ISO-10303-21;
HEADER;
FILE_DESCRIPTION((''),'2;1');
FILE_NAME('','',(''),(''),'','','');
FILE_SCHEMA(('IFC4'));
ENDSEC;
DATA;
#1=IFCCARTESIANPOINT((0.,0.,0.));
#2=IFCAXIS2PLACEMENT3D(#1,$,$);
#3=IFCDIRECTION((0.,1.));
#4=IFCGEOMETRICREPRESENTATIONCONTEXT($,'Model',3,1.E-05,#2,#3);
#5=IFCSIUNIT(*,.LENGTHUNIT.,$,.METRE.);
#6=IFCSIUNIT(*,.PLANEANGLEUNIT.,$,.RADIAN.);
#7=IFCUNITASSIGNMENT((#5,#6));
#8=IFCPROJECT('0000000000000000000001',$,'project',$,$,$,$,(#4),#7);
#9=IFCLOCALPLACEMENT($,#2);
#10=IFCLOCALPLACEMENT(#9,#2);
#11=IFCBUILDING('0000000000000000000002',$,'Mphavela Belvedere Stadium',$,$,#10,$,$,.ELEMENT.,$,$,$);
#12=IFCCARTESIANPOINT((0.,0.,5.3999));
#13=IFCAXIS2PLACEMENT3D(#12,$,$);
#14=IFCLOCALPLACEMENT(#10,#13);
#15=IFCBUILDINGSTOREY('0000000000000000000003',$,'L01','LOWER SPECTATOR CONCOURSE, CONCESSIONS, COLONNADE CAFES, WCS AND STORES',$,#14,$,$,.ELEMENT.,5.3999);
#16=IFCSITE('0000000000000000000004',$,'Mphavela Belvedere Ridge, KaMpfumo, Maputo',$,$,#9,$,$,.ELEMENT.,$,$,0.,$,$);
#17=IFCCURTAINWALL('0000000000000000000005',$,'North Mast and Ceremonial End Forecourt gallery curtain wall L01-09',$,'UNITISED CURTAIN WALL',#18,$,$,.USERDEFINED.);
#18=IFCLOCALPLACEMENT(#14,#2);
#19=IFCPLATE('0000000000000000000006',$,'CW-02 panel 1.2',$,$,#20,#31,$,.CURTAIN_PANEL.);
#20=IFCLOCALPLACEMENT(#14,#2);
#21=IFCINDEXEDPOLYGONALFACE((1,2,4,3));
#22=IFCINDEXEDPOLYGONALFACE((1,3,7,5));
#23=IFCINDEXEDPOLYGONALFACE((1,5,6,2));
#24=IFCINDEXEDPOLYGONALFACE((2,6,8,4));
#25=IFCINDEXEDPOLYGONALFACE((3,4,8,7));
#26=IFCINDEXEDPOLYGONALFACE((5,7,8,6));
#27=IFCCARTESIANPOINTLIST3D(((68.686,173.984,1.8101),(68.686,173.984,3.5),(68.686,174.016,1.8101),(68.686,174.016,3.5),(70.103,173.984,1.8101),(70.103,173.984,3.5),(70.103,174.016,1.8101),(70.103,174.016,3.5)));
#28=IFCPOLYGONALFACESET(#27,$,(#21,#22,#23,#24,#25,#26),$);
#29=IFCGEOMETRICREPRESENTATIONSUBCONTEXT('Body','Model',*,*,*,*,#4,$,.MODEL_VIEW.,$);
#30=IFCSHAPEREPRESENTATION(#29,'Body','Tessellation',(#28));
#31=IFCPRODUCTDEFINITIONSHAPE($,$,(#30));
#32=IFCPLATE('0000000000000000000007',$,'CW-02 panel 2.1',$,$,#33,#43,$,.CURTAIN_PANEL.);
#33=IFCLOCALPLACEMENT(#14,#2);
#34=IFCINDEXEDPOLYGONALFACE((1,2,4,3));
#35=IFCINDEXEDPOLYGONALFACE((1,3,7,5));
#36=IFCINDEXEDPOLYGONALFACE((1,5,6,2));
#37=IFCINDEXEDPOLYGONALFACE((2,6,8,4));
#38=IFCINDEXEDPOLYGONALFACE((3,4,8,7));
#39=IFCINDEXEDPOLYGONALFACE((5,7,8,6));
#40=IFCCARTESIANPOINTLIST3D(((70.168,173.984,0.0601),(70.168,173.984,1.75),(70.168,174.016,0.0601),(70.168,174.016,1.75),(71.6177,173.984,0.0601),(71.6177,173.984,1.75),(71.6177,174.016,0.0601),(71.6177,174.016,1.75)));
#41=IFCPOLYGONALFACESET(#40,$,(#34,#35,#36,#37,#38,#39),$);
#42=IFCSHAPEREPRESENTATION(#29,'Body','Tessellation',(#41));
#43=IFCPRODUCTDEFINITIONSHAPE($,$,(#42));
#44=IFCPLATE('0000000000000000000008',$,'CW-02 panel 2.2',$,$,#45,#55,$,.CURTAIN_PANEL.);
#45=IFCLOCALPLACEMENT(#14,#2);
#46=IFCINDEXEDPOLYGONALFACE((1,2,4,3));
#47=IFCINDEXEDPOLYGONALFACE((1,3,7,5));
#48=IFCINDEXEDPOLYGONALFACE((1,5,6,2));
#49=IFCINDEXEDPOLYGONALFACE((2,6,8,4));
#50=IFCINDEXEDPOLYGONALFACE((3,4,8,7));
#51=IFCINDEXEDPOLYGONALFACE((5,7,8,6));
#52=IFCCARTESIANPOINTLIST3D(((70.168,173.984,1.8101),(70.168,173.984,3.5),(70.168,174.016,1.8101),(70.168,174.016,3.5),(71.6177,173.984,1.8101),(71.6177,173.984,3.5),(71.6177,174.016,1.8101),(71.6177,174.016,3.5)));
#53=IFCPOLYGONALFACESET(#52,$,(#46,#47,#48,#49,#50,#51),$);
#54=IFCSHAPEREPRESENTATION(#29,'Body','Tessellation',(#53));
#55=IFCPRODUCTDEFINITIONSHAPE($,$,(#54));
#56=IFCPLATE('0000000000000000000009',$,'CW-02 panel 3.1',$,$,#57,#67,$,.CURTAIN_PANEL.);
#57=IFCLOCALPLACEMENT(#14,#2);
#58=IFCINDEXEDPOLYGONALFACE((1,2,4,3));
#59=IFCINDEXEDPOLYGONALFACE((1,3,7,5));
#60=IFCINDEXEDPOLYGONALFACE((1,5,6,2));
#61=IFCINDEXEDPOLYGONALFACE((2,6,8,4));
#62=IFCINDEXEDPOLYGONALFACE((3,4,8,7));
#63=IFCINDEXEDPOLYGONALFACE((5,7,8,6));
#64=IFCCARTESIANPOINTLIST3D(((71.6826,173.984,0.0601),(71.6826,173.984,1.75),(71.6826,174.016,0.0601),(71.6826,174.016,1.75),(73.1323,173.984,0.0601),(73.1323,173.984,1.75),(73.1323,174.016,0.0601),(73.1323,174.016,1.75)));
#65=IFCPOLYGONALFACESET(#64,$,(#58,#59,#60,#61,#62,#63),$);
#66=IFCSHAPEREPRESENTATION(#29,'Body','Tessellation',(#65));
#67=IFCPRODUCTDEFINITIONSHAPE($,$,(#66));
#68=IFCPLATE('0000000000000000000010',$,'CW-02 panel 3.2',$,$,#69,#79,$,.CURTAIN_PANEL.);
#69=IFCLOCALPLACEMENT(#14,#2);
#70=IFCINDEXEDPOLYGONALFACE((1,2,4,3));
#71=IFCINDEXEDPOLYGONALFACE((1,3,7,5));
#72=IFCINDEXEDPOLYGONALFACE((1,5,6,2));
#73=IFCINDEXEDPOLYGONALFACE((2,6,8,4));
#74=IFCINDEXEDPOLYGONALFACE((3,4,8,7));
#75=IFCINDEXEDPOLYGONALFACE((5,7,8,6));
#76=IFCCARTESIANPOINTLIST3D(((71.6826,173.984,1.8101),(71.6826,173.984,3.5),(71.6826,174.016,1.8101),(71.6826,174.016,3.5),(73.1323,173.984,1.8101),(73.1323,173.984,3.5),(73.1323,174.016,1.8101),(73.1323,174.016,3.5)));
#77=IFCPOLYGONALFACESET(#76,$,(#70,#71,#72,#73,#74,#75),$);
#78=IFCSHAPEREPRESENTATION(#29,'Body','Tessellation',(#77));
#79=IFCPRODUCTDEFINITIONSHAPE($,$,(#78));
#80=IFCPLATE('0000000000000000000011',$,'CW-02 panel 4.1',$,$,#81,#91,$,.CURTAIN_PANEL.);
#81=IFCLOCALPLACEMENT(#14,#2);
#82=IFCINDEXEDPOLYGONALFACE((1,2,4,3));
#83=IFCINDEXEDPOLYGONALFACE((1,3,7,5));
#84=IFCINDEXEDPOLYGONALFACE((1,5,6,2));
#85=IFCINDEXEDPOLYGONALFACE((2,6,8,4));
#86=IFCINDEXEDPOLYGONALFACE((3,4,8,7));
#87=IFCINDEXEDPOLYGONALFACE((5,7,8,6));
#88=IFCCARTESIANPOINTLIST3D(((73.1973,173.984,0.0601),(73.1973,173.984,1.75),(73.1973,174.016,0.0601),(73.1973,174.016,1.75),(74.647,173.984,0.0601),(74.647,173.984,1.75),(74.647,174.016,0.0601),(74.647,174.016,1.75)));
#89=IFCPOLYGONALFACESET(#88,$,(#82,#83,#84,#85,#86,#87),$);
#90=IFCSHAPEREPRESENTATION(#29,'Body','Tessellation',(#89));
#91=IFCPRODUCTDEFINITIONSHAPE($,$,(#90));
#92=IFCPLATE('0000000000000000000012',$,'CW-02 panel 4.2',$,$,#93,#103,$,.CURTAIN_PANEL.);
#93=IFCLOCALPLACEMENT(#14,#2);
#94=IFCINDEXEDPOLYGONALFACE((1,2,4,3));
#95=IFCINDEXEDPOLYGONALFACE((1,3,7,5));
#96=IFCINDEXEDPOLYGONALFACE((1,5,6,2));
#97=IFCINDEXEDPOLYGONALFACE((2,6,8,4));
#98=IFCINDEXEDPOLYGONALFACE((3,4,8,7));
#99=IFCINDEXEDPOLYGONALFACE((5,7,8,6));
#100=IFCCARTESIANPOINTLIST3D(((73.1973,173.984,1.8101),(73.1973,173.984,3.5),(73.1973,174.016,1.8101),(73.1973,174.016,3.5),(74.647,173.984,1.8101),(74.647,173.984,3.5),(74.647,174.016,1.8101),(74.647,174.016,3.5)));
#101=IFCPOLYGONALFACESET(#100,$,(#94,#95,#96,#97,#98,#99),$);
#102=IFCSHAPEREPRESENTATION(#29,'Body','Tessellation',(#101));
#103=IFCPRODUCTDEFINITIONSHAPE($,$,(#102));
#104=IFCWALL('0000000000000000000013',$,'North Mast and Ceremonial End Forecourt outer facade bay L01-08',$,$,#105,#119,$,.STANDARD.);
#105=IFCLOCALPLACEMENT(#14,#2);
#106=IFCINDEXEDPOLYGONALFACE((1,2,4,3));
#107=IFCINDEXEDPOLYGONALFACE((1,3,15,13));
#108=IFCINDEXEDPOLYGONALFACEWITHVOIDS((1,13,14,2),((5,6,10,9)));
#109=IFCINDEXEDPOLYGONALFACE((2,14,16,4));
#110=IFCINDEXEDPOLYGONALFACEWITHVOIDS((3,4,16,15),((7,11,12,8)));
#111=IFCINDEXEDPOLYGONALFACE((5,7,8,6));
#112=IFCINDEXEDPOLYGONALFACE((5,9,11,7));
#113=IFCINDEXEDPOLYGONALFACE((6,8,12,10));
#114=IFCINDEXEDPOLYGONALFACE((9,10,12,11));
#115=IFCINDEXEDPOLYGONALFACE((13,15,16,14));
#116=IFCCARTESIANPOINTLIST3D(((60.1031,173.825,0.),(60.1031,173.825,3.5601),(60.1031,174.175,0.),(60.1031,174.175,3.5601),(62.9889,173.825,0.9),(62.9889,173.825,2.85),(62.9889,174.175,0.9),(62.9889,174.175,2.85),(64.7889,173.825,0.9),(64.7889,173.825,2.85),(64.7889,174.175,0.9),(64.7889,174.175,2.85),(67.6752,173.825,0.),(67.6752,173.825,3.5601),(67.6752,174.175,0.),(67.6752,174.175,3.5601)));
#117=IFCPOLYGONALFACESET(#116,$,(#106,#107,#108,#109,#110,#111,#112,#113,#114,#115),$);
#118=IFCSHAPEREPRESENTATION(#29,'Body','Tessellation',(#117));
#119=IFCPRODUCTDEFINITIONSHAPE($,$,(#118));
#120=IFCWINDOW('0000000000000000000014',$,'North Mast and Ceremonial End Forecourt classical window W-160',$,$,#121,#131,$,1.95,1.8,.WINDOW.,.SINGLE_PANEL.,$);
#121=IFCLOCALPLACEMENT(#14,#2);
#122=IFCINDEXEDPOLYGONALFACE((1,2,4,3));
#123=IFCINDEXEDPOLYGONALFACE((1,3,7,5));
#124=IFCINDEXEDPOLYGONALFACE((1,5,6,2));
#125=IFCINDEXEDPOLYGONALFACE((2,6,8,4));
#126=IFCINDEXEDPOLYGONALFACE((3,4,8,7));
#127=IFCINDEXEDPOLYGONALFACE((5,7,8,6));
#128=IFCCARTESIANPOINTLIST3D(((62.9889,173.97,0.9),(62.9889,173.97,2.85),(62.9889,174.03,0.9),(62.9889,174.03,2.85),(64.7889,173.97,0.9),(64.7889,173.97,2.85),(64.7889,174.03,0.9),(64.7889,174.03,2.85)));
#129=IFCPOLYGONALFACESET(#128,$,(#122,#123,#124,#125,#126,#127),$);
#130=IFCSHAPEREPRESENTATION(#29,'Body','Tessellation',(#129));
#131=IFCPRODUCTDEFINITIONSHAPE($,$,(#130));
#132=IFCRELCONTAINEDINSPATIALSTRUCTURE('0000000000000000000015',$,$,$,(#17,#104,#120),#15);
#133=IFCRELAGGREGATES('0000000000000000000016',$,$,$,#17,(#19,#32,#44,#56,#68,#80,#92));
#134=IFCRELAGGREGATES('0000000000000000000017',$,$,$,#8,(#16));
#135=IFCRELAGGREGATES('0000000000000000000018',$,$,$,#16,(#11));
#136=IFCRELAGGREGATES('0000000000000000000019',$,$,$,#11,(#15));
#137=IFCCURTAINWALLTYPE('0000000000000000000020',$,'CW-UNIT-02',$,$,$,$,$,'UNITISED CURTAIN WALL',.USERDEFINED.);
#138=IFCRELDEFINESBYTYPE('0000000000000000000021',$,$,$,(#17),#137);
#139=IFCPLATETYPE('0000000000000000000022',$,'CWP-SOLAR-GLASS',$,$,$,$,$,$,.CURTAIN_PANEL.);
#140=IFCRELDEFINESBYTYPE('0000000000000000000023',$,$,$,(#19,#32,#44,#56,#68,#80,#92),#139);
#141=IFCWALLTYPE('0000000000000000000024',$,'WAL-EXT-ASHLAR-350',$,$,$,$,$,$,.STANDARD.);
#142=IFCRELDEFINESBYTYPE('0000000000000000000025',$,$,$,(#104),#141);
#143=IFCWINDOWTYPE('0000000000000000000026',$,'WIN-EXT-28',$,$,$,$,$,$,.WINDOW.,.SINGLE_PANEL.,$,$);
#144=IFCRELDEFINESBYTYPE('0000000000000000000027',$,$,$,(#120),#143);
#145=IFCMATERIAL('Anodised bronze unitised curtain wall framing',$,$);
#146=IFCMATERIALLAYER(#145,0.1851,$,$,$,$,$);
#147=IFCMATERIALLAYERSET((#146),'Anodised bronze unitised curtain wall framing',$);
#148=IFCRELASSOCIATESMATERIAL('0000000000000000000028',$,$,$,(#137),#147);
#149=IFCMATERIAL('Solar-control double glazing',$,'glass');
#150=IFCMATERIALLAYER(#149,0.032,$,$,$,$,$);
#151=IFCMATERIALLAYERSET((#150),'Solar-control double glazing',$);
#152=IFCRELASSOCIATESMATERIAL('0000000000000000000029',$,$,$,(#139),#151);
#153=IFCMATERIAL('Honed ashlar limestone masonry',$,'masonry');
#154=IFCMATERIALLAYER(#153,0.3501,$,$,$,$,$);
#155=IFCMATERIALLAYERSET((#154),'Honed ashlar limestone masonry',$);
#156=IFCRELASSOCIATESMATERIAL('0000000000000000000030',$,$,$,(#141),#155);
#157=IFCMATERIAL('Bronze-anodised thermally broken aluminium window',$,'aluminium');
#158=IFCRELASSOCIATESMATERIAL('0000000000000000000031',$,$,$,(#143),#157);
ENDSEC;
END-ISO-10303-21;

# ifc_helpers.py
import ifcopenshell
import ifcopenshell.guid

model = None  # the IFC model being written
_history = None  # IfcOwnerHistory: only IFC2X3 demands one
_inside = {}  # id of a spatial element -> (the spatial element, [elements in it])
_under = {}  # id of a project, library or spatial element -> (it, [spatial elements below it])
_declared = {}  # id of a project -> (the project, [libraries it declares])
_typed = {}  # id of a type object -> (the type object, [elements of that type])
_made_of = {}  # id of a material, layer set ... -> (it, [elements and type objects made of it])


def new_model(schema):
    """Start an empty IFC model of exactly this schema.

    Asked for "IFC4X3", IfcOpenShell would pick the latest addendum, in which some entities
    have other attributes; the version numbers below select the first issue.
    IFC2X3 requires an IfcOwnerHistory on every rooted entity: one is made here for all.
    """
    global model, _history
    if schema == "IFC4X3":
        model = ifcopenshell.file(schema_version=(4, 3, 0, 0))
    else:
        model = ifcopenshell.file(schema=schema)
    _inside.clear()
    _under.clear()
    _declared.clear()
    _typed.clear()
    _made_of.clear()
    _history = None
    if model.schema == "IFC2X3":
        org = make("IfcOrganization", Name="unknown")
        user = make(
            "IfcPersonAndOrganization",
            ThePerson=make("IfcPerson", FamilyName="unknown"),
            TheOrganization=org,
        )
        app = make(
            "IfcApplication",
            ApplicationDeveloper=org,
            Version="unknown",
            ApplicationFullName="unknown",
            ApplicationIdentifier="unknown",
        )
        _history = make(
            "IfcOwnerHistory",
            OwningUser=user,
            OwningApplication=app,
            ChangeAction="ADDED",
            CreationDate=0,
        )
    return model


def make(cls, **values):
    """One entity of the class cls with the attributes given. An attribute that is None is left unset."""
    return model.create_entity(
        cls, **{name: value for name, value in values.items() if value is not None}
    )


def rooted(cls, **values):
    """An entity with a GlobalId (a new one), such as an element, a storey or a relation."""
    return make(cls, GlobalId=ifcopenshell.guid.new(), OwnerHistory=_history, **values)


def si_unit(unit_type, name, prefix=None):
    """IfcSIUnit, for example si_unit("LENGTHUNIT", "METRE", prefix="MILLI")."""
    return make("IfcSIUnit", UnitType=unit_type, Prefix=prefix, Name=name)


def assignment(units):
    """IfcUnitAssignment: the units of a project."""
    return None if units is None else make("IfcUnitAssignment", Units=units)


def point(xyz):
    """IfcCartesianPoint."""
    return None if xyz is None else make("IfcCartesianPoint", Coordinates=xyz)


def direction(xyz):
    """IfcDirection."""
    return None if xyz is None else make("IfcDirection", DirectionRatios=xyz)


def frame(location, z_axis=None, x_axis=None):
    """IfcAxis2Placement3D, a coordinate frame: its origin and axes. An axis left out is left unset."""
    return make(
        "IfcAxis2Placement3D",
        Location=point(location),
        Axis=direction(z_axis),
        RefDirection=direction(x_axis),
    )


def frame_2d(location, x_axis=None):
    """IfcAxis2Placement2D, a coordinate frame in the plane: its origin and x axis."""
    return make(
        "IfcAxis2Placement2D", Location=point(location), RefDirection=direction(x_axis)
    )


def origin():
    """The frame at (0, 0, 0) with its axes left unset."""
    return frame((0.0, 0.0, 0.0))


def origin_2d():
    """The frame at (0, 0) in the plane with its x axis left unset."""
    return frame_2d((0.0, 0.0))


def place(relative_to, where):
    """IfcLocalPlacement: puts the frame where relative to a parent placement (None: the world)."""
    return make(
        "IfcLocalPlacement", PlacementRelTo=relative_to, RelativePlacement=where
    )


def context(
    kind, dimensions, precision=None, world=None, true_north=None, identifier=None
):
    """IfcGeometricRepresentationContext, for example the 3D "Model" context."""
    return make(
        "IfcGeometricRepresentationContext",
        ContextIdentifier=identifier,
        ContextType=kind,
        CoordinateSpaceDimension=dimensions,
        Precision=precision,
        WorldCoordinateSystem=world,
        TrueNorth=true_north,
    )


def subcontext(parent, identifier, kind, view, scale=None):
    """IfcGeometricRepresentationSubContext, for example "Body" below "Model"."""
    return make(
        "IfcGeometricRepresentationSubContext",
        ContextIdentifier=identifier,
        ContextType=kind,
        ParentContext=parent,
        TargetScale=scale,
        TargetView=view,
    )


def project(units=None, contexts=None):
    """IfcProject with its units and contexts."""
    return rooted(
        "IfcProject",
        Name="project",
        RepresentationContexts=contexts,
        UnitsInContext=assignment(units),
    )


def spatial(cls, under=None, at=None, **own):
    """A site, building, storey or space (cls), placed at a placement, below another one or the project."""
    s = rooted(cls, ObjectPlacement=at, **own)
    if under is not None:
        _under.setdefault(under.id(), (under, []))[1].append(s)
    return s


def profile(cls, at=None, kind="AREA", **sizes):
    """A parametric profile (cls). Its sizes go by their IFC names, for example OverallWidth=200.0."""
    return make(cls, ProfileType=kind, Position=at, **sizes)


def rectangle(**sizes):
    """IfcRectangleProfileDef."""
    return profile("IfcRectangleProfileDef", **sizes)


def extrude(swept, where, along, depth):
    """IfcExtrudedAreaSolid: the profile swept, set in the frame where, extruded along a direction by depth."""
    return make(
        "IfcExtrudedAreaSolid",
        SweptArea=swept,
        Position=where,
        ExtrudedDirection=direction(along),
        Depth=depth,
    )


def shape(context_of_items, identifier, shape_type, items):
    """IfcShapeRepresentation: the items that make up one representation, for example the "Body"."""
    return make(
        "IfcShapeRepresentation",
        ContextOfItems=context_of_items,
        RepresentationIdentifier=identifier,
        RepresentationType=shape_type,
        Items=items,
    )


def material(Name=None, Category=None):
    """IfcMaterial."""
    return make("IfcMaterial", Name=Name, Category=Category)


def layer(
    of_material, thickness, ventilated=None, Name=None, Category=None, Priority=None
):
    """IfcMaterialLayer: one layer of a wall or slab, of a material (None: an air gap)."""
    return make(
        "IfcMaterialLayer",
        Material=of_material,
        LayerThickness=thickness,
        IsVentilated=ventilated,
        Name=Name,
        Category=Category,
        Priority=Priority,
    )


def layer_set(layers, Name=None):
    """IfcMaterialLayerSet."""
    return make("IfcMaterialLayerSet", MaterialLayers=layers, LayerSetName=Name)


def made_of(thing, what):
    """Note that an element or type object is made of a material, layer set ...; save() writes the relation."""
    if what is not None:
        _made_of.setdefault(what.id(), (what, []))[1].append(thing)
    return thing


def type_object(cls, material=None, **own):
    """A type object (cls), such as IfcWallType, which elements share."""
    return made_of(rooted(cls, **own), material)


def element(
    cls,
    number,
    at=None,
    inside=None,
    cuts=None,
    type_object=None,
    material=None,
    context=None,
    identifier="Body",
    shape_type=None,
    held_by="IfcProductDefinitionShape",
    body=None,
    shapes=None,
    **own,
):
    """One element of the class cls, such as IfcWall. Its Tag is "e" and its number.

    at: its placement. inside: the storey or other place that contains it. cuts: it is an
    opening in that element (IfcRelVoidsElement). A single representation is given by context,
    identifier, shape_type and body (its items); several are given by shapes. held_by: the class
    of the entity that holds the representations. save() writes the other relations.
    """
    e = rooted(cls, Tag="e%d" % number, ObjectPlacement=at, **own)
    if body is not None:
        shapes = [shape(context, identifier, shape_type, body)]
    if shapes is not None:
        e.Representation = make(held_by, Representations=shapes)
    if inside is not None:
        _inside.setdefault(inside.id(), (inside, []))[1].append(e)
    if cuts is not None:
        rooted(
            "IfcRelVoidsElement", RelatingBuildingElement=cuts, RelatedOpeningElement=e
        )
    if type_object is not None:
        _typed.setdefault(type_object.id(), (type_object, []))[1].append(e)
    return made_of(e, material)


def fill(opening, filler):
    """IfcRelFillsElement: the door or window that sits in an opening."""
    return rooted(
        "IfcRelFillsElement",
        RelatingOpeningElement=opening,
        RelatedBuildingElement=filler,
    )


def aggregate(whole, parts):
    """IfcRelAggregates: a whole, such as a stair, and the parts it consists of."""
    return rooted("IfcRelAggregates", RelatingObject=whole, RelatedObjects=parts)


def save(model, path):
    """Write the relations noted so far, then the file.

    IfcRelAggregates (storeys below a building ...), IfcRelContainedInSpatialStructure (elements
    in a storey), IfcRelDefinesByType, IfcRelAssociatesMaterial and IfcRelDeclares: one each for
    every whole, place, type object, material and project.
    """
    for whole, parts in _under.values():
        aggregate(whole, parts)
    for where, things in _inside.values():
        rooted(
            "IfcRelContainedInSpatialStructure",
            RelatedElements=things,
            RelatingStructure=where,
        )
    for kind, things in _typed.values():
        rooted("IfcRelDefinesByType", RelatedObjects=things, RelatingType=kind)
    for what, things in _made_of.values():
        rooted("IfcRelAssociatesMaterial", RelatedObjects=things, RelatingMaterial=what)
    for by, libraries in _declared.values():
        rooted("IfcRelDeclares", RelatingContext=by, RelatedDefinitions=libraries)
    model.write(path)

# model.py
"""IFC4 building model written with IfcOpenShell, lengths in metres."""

from ifc_helpers import new_model, si_unit, direction, frame, frame_2d, origin, origin_2d, place, context, subcontext, project, spatial, rectangle, extrude, material, layer, layer_set, type_object, element, fill, aggregate, save


model = new_model("IFC4")

# Units and contexts
model_context = context("Model", 3, precision=1e-05, world=origin(), true_north=direction((0.0, 1.0)))
body_context = subcontext(model_context, "Body", "Model", "MODEL_VIEW")
ifc_project = project(units=[si_unit("LENGTHUNIT", "METRE"), si_unit("PLANEANGLEUNIT", "RADIAN")], contexts=[model_context])

# Site, building, storey
site_placement = place(None, origin())
site = spatial("IfcSite", under=ifc_project, at=site_placement, Name="Mphavela Belvedere Ridge, KaMpfumo, Maputo", CompositionType="ELEMENT", RefElevation=0.0)
building_placement = place(site_placement, origin())
building = spatial("IfcBuilding", under=site, at=building_placement, Name="Mphavela Belvedere Stadium", CompositionType="ELEMENT")
storey_placement = place(building_placement, frame((0.0, 0.0, 5.3999)))
storey = spatial("IfcBuildingStorey", under=building, at=storey_placement, Name="L01", Description="LOWER SPECTATOR CONCOURSE, CONCESSIONS, COLONNADE CAFES, WCS AND STORES", CompositionType="ELEMENT", Elevation=5.3999)

# Curtain wall, plates
ifc_material_1 = material(Name="Anodised bronze unitised curtain wall framing")
ifc_layer_1 = layer(ifc_material_1, 0.1851)
ifc_layer_set_1 = layer_set([ifc_layer_1], Name="Anodised bronze unitised curtain wall framing")
curtain_wall_type = type_object("IfcCurtainWallType", Name="CW-UNIT-02", ElementType="UNITISED CURTAIN WALL", PredefinedType="USERDEFINED", material=ifc_layer_set_1)
curtain_wall_placement = place(storey_placement, origin())
curtain_wall = element("IfcCurtainWall", 1, at=curtain_wall_placement, inside=storey, type_object=curtain_wall_type, Name="North Mast and Ceremonial End Forecourt gallery curtain wall L01-09", ObjectType="UNITISED CURTAIN WALL", PredefinedType="USERDEFINED")
ifc_material_2 = material(Name="Solar-control double glazing", Category="glass")
ifc_layer_2 = layer(ifc_material_2, 0.032)
ifc_layer_set_2 = layer_set([ifc_layer_2], Name="Solar-control double glazing")
plate_type = type_object("IfcPlateType", Name="CWP-SOLAR-GLASS", PredefinedType="CURTAIN_PANEL", material=ifc_layer_set_2)
plate_1_placement = place(storey_placement, frame((69.3945, 174.0, 1.8101), z_axis=(0.0, 0.0, 1.0), x_axis=(1.0, 0.0, 0.0)))
plate_1 = element("IfcPlate", 2, at=plate_1_placement, type_object=plate_type, Name="CW-02 panel 1.2", PredefinedType="CURTAIN_PANEL", context=body_context, shape_type="SweptSolid", body=[
    extrude(rectangle(XDim=1.417, YDim=0.032, at=origin_2d()), origin(), (0.0, 0.0, 1.0), 1.6899),
])
plate_2_placement = place(storey_placement, frame((70.8928, 174.0, 0.0601), z_axis=(0.0, 0.0, 1.0), x_axis=(1.0, 0.0, 0.0)))
plate_2 = element("IfcPlate", 3, at=plate_2_placement, type_object=plate_type, Name="CW-02 panel 2.1", PredefinedType="CURTAIN_PANEL", context=body_context, shape_type="SweptSolid", body=[
    extrude(rectangle(XDim=1.4497, YDim=0.032, at=origin_2d()), origin(), (0.0, 0.0, 1.0), 1.6899),
])
plate_3_placement = place(storey_placement, frame((70.8928, 174.0, 1.8101), z_axis=(0.0, 0.0, 1.0), x_axis=(1.0, 0.0, 0.0)))
plate_3 = element("IfcPlate", 4, at=plate_3_placement, type_object=plate_type, Name="CW-02 panel 2.2", PredefinedType="CURTAIN_PANEL", context=body_context, shape_type="SweptSolid", body=[
    extrude(rectangle(XDim=1.4497, YDim=0.032, at=origin_2d()), origin(), (0.0, 0.0, 1.0), 1.6899),
])
plate_4_placement = place(storey_placement, frame((72.4075, 174.0, 0.0601), z_axis=(0.0, 0.0, 1.0), x_axis=(1.0, 0.0, 0.0)))
plate_4 = element("IfcPlate", 5, at=plate_4_placement, type_object=plate_type, Name="CW-02 panel 3.1", PredefinedType="CURTAIN_PANEL", context=body_context, shape_type="SweptSolid", body=[
    extrude(rectangle(XDim=1.4497, YDim=0.032, at=origin_2d()), origin(), (0.0, 0.0, 1.0), 1.6899),
])
plate_5_placement = place(storey_placement, frame((72.4075, 174.0, 1.8101), z_axis=(0.0, 0.0, 1.0), x_axis=(1.0, 0.0, 0.0)))
plate_5 = element("IfcPlate", 6, at=plate_5_placement, type_object=plate_type, Name="CW-02 panel 3.2", PredefinedType="CURTAIN_PANEL", context=body_context, shape_type="SweptSolid", body=[
    extrude(rectangle(XDim=1.4497, YDim=0.032, at=origin_2d()), origin(), (0.0, 0.0, 1.0), 1.6899),
])
plate_6_placement = place(storey_placement, frame((73.9221, 174.0, 0.0601), z_axis=(0.0, 0.0, 1.0), x_axis=(1.0, 0.0, 0.0)))
plate_6 = element("IfcPlate", 7, at=plate_6_placement, type_object=plate_type, Name="CW-02 panel 4.1", PredefinedType="CURTAIN_PANEL", context=body_context, shape_type="SweptSolid", body=[
    extrude(rectangle(XDim=1.4497, YDim=0.032, at=origin_2d()), origin(), (0.0, 0.0, 1.0), 1.6899),
])
plate_7_placement = place(storey_placement, frame((73.9221, 174.0, 1.8101), z_axis=(0.0, 0.0, 1.0), x_axis=(1.0, 0.0, 0.0)))
plate_7 = element("IfcPlate", 8, at=plate_7_placement, type_object=plate_type, Name="CW-02 panel 4.2", PredefinedType="CURTAIN_PANEL", context=body_context, shape_type="SweptSolid", body=[
    extrude(rectangle(XDim=1.4497, YDim=0.032, at=origin_2d()), origin(), (0.0, 0.0, 1.0), 1.6899),
])
aggregate(curtain_wall, [plate_1, plate_2, plate_3, plate_4, plate_5, plate_6, plate_7])

# Wall, opening, window
ifc_material_3 = material(Name="Honed ashlar limestone masonry", Category="masonry")
ifc_layer_3 = layer(ifc_material_3, 0.3501)
ifc_layer_set_3 = layer_set([ifc_layer_3], Name="Honed ashlar limestone masonry")
wall_type = type_object("IfcWallType", Name="WAL-EXT-ASHLAR-350", PredefinedType="STANDARD", material=ifc_layer_set_3)
wall_placement = place(storey_placement, frame((60.103, 174.0, 0.0), z_axis=(0.0, 0.0, 1.0), x_axis=(1.0, 0.0, 0.0)))
wall = element("IfcWall", 9, at=wall_placement, inside=storey, type_object=wall_type, Name="North Mast and Ceremonial End Forecourt outer facade bay L01-08", PredefinedType="STANDARD", context=body_context, shape_type="SweptSolid", body=[
    extrude(rectangle(XDim=7.572, YDim=0.3501, at=frame_2d((3.7861, 0.0))), origin(), (0.0, 0.0, 1.0), 3.5601),
])
opening_placement = place(wall_placement, frame((2.886, 0.0, 0.8999)))
opening = element("IfcOpeningElement", 10, at=opening_placement, cuts=wall, PredefinedType="OPENING", context=body_context, shape_type="SweptSolid", body=[
    extrude(rectangle(XDim=1.8, YDim=1.95, at=frame_2d((0.8999, 0.9751))), frame((0.0, 0.1851, 0.0), z_axis=(0.0, -1.0, 0.0), x_axis=(1.0, 0.0, 0.0)), (0.0, 0.0, 1.0), 0.3701),
])
ifc_material_4 = material(Name="Bronze-anodised thermally broken aluminium window", Category="aluminium")
window_type = type_object("IfcWindowType", Name="WIN-EXT-28", PartitioningType="SINGLE_PANEL", PredefinedType="WINDOW", material=ifc_material_4)
window_placement = place(opening_placement, origin())
window = element("IfcWindow", 11, at=window_placement, inside=storey, type_object=window_type, Name="North Mast and Ceremonial End Forecourt classical window W-160", OverallHeight=1.95, OverallWidth=1.8, PartitioningType="SINGLE_PANEL", PredefinedType="WINDOW", context=body_context, shape_type="SweptSolid", body=[
    extrude(rectangle(XDim=1.8, YDim=1.95, at=frame_2d((0.8999, 0.9751))), frame((0.0, 0.03, 0.0), z_axis=(0.0, -1.0, 0.0), x_axis=(1.0, 0.0, 0.0)), (0.0, 0.0, 1.0), 0.0601),
])
fill(opening, window)

save(model, "model.ifc")
